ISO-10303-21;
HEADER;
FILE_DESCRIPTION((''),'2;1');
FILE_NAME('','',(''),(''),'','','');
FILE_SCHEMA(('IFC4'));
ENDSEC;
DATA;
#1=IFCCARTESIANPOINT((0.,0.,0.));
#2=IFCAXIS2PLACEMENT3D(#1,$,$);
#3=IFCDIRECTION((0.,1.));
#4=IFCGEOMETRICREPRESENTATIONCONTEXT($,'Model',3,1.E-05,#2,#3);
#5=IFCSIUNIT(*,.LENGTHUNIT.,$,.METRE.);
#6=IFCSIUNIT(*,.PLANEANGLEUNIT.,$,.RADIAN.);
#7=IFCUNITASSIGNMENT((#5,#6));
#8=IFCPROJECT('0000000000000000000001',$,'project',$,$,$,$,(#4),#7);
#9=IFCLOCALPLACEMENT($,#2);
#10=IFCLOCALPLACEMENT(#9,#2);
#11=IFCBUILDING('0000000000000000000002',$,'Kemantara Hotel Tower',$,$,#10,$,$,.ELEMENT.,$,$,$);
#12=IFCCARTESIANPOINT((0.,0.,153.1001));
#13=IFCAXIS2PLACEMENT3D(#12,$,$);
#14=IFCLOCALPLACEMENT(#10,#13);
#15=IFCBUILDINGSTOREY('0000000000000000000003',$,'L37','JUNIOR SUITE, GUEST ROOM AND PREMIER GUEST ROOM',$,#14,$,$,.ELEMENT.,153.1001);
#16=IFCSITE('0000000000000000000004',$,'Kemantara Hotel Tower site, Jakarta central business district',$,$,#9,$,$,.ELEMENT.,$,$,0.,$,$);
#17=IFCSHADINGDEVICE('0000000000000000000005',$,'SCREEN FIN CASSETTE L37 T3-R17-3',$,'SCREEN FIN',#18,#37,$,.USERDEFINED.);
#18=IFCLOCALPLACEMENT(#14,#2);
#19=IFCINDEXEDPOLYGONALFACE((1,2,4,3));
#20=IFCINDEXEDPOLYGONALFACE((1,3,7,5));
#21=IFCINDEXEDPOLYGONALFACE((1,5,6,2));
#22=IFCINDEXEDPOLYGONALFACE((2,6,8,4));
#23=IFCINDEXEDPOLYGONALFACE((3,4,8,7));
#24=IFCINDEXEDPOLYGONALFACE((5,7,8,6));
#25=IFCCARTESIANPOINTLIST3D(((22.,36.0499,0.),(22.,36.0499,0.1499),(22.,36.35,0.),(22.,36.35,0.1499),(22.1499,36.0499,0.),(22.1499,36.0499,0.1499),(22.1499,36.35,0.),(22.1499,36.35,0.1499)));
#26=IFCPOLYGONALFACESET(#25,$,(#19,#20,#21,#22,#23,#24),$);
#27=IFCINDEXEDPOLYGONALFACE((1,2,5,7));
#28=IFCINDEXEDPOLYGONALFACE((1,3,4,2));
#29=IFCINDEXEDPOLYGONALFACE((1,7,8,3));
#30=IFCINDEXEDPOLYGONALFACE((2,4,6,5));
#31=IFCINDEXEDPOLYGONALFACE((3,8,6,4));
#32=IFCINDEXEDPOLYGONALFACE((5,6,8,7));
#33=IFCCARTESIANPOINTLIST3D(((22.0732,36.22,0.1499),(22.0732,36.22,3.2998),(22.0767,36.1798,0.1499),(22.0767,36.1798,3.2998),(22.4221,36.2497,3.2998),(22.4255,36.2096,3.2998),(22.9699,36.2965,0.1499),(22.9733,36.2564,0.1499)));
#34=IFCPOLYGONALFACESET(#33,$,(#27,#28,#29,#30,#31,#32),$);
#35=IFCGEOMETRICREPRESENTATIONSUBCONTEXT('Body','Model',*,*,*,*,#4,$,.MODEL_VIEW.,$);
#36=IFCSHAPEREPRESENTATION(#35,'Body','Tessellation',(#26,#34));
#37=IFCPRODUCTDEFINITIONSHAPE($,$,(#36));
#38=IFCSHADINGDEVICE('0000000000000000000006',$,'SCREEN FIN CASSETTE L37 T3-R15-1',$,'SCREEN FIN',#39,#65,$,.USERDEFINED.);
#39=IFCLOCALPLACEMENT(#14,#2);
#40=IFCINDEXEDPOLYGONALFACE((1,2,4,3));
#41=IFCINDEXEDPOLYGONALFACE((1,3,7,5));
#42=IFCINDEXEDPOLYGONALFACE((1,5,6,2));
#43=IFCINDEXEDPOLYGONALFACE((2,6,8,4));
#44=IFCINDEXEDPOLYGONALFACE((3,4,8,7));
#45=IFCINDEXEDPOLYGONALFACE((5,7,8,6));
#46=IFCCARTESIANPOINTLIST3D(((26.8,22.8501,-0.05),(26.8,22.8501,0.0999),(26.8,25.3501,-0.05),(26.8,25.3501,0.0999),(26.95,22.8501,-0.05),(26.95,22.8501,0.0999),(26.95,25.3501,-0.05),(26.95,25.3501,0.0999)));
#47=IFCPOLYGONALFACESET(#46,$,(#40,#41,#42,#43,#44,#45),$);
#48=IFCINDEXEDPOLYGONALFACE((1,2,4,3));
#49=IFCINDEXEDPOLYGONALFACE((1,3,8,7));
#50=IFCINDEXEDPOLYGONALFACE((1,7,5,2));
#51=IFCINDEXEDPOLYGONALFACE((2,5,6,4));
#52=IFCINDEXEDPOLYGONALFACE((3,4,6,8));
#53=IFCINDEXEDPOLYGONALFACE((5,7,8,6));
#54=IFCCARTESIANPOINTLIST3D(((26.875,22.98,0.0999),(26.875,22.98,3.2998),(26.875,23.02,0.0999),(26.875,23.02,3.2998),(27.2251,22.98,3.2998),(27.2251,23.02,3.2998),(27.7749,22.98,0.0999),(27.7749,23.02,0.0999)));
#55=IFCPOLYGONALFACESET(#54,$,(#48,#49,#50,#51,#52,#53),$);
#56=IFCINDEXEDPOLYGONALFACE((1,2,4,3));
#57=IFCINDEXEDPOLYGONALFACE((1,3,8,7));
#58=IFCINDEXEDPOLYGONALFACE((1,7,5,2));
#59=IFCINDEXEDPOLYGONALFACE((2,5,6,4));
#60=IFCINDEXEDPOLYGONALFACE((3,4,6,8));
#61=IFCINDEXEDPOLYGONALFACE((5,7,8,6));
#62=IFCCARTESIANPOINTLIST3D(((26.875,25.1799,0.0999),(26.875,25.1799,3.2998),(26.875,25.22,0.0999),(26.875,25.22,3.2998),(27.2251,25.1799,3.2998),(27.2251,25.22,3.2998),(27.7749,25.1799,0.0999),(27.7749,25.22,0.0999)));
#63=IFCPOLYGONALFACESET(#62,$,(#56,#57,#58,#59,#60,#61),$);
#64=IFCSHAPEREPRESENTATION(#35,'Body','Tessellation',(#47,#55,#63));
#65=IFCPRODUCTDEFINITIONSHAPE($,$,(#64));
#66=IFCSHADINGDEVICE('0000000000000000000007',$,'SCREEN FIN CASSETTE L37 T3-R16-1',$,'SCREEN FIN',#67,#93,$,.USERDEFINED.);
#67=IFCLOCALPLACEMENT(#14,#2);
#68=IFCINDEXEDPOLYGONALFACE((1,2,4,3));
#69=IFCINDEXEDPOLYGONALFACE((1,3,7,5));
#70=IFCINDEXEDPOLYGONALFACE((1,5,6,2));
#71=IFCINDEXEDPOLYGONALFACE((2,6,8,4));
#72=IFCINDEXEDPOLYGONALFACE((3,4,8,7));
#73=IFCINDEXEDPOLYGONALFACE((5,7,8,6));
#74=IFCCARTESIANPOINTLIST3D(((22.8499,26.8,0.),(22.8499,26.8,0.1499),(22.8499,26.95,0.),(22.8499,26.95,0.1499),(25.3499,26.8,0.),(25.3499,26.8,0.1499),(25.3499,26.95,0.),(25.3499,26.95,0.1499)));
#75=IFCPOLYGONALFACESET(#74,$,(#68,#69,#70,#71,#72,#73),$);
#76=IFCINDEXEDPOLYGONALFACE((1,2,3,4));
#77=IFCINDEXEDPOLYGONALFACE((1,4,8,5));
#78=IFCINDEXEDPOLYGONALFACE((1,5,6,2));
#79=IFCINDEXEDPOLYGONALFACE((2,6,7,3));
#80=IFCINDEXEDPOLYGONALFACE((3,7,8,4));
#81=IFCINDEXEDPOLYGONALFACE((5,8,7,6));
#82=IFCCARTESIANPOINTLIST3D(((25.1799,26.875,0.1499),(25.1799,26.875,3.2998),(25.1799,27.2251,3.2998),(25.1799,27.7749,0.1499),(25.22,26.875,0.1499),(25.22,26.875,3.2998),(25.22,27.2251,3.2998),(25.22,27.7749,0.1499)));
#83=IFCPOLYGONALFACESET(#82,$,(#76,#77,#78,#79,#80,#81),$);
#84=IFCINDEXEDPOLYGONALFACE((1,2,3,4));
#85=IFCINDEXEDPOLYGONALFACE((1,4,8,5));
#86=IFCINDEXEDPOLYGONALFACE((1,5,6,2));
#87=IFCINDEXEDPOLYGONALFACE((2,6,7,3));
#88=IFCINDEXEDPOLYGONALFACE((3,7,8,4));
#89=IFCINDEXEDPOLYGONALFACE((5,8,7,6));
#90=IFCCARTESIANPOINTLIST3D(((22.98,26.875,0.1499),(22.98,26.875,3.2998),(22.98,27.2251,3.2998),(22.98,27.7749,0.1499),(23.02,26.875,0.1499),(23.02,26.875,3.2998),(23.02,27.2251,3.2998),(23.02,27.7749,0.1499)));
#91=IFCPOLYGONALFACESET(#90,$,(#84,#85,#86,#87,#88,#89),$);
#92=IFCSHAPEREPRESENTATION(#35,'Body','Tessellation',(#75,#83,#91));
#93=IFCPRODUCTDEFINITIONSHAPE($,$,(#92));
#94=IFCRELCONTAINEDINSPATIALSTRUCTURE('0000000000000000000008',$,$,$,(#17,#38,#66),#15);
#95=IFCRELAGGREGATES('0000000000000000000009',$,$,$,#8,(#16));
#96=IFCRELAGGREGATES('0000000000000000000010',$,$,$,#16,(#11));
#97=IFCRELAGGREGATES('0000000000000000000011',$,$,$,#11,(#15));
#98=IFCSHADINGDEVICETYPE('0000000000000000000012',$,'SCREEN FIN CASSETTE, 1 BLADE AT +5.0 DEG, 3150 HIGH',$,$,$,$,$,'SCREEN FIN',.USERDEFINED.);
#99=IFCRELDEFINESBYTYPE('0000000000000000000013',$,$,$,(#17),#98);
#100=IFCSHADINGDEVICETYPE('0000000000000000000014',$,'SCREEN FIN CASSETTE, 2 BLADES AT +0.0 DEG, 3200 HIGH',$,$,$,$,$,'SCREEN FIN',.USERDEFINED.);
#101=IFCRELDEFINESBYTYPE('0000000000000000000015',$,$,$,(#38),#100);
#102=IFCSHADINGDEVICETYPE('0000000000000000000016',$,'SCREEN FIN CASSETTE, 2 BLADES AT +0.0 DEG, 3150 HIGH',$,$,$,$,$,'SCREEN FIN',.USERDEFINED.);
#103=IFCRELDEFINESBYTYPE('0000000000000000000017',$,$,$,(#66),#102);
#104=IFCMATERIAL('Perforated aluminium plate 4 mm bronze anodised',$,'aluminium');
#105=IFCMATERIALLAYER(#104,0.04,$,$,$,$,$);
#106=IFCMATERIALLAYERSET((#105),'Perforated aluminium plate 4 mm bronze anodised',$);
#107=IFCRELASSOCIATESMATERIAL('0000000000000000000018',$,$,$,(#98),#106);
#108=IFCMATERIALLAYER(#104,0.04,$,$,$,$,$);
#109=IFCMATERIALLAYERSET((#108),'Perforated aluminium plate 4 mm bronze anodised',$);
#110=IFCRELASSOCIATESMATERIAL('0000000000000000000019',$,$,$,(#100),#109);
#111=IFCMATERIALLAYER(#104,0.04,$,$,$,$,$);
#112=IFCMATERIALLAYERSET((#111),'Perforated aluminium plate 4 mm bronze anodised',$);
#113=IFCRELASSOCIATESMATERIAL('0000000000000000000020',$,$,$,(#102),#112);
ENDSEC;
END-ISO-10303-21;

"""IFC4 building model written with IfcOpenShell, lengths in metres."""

from ifc_helpers import new_model, si_unit, direction, frame, origin, origin_2d, place, context, subcontext, project, spatial, polyline, rectangle, outline, extrude, source, transform, mapped, material, layer, layer_set, type_object, element, save


model = new_model("IFC4")

# Units and contexts
model_context = context("Model", 3, precision=1e-05, world=origin(), true_north=direction((0.0, 1.0)))
body_context = subcontext(model_context, "Body", "Model", "MODEL_VIEW")
ifc_project = project(units=[si_unit("LENGTHUNIT", "METRE"), si_unit("PLANEANGLEUNIT", "RADIAN")], contexts=[model_context])

# Site, building, storey
site_placement = place(None, origin())
site = spatial("IfcSite", under=ifc_project, at=site_placement, Name="Kemantara Hotel Tower site, Jakarta central business district", CompositionType="ELEMENT", RefElevation=0.0)
building_placement = place(site_placement, origin())
building = spatial("IfcBuilding", under=site, at=building_placement, Name="Kemantara Hotel Tower", CompositionType="ELEMENT")
storey_placement = place(building_placement, frame((0.0, 0.0, 153.1001)))
storey = spatial("IfcBuildingStorey", under=building, at=storey_placement, Name="L37", Description="JUNIOR SUITE, GUEST ROOM AND PREMIER GUEST ROOM", CompositionType="ELEMENT", Elevation=153.1001)

# Shading devices
ifc_material_1 = material(Name="Perforated aluminium plate 4 mm bronze anodised", Category="aluminium")
ifc_layer_1 = layer(ifc_material_1, 0.04)
ifc_layer_set_1 = layer_set([ifc_layer_1], Name="Perforated aluminium plate 4 mm bronze anodised")
shading_device_type_1 = type_object("IfcShadingDeviceType", Name="SCREEN FIN CASSETTE, 1 BLADE AT +5.0 DEG, 3150 HIGH", ElementType="SCREEN FIN", PredefinedType="USERDEFINED", material=ifc_layer_set_1)
shared_shape_1 = source(origin(), body_context, "Body", "SweptSolid", [
    extrude(rectangle(XDim=0.3, YDim=0.1499, at=origin_2d()), frame((0.0, -0.075, -0.1499), z_axis=(0.0, 0.0, 1.0), x_axis=(1.0, 0.0, 0.0)), (0.0, 0.0, 1.0), 0.1499),
    extrude(outline(polyline([(0.0, 0.0), (0.8999, 0.0), (0.3501, 3.1499), (0.0, 3.1499), (0.0, 0.0)])), frame((0.02, -0.0732, 0.0), z_axis=(-0.996376, -0.085056, 0.0), x_axis=(0.085056, -0.996376, 0.0)), (0.0, 0.0, 1.0), 0.0403),
])
shading_device_1_placement = place(storey_placement, frame((22.0, 36.2, 0.1499), z_axis=(0.0, 0.0, 1.0), x_axis=(0.0, 1.0, 0.0)))
element("IfcShadingDevice", 1, at=shading_device_1_placement, inside=storey, type_object=shading_device_type_1, Name="SCREEN FIN CASSETTE L37 T3-R17-3", ObjectType="SCREEN FIN", PredefinedType="USERDEFINED", context=body_context, shape_type="MappedRepresentation", body=[
    mapped(shared_shape_1, transform((0.0, 0.0, 0.0))),
])
ifc_layer_2 = layer(ifc_material_1, 0.04)
ifc_layer_set_2 = layer_set([ifc_layer_2], Name="Perforated aluminium plate 4 mm bronze anodised")
shading_device_type_2 = type_object("IfcShadingDeviceType", Name="SCREEN FIN CASSETTE, 2 BLADES AT +0.0 DEG, 3200 HIGH", ElementType="SCREEN FIN", PredefinedType="USERDEFINED", material=ifc_layer_set_2)
shared_shape_2 = source(origin(), body_context, "Body", "SweptSolid", [
    extrude(rectangle(XDim=2.5, YDim=0.1499, at=origin_2d()), frame((1.1001, -0.075, -0.1499), z_axis=(0.0, 0.0, 1.0), x_axis=(1.0, 0.0, 0.0)), (0.0, 0.0, 1.0), 0.1499),
    extrude(outline(polyline([(0.0, 0.0), (0.8999, 0.0), (0.3501, 3.2), (0.0, 3.2), (0.0, 0.0)])), frame((0.02, -0.075, 0.0), z_axis=(-1.0, 0.0, 0.0), x_axis=(0.0, -1.0, 0.0)), (0.0, 0.0, 1.0), 0.04),
    extrude(outline(polyline([(0.0, 0.0), (0.8999, 0.0), (0.3501, 3.2), (0.0, 3.2), (0.0, 0.0)])), frame((2.22, -0.075, 0.0), z_axis=(-1.0, 0.0, 0.0), x_axis=(0.0, -1.0, 0.0)), (0.0, 0.0, 1.0), 0.04),
])
shading_device_2_placement = place(storey_placement, frame((26.8, 23.0, 0.0999), z_axis=(0.0, 0.0, 1.0), x_axis=(0.0, 1.0, 0.0)))
element("IfcShadingDevice", 2, at=shading_device_2_placement, inside=storey, type_object=shading_device_type_2, Name="SCREEN FIN CASSETTE L37 T3-R15-1", ObjectType="SCREEN FIN", PredefinedType="USERDEFINED", context=body_context, shape_type="MappedRepresentation", body=[
    mapped(shared_shape_2, transform((0.0, 0.0, 0.0))),
])
ifc_layer_3 = layer(ifc_material_1, 0.04)
ifc_layer_set_3 = layer_set([ifc_layer_3], Name="Perforated aluminium plate 4 mm bronze anodised")
shading_device_type_3 = type_object("IfcShadingDeviceType", Name="SCREEN FIN CASSETTE, 2 BLADES AT +0.0 DEG, 3150 HIGH", ElementType="SCREEN FIN", PredefinedType="USERDEFINED", material=ifc_layer_set_3)
shared_shape_3 = source(origin(), body_context, "Body", "SweptSolid", [
    extrude(rectangle(XDim=2.5, YDim=0.1499, at=origin_2d()), frame((1.1001, -0.075, -0.1499), z_axis=(0.0, 0.0, 1.0), x_axis=(1.0, 0.0, 0.0)), (0.0, 0.0, 1.0), 0.1499),
    extrude(outline(polyline([(0.0, 0.0), (0.8999, 0.0), (0.3501, 3.1499), (0.0, 3.1499), (0.0, 0.0)])), frame((0.02, -0.075, 0.0), z_axis=(-1.0, 0.0, 0.0), x_axis=(0.0, -1.0, 0.0)), (0.0, 0.0, 1.0), 0.04),
    extrude(outline(polyline([(0.0, 0.0), (0.8999, 0.0), (0.3501, 3.1499), (0.0, 3.1499), (0.0, 0.0)])), frame((2.22, -0.075, 0.0), z_axis=(-1.0, 0.0, 0.0), x_axis=(0.0, -1.0, 0.0)), (0.0, 0.0, 1.0), 0.04),
])
shading_device_3_placement = place(storey_placement, frame((25.2, 26.8, 0.1499), z_axis=(0.0, 0.0, 1.0), x_axis=(-1.0, 0.0, 0.0)))
element("IfcShadingDevice", 3, at=shading_device_3_placement, inside=storey, type_object=shading_device_type_3, Name="SCREEN FIN CASSETTE L37 T3-R16-1", ObjectType="SCREEN FIN", PredefinedType="USERDEFINED", context=body_context, shape_type="MappedRepresentation", body=[
    mapped(shared_shape_3, transform((0.0, 0.0, 0.0))),
])

save(model, "model.ifc")
